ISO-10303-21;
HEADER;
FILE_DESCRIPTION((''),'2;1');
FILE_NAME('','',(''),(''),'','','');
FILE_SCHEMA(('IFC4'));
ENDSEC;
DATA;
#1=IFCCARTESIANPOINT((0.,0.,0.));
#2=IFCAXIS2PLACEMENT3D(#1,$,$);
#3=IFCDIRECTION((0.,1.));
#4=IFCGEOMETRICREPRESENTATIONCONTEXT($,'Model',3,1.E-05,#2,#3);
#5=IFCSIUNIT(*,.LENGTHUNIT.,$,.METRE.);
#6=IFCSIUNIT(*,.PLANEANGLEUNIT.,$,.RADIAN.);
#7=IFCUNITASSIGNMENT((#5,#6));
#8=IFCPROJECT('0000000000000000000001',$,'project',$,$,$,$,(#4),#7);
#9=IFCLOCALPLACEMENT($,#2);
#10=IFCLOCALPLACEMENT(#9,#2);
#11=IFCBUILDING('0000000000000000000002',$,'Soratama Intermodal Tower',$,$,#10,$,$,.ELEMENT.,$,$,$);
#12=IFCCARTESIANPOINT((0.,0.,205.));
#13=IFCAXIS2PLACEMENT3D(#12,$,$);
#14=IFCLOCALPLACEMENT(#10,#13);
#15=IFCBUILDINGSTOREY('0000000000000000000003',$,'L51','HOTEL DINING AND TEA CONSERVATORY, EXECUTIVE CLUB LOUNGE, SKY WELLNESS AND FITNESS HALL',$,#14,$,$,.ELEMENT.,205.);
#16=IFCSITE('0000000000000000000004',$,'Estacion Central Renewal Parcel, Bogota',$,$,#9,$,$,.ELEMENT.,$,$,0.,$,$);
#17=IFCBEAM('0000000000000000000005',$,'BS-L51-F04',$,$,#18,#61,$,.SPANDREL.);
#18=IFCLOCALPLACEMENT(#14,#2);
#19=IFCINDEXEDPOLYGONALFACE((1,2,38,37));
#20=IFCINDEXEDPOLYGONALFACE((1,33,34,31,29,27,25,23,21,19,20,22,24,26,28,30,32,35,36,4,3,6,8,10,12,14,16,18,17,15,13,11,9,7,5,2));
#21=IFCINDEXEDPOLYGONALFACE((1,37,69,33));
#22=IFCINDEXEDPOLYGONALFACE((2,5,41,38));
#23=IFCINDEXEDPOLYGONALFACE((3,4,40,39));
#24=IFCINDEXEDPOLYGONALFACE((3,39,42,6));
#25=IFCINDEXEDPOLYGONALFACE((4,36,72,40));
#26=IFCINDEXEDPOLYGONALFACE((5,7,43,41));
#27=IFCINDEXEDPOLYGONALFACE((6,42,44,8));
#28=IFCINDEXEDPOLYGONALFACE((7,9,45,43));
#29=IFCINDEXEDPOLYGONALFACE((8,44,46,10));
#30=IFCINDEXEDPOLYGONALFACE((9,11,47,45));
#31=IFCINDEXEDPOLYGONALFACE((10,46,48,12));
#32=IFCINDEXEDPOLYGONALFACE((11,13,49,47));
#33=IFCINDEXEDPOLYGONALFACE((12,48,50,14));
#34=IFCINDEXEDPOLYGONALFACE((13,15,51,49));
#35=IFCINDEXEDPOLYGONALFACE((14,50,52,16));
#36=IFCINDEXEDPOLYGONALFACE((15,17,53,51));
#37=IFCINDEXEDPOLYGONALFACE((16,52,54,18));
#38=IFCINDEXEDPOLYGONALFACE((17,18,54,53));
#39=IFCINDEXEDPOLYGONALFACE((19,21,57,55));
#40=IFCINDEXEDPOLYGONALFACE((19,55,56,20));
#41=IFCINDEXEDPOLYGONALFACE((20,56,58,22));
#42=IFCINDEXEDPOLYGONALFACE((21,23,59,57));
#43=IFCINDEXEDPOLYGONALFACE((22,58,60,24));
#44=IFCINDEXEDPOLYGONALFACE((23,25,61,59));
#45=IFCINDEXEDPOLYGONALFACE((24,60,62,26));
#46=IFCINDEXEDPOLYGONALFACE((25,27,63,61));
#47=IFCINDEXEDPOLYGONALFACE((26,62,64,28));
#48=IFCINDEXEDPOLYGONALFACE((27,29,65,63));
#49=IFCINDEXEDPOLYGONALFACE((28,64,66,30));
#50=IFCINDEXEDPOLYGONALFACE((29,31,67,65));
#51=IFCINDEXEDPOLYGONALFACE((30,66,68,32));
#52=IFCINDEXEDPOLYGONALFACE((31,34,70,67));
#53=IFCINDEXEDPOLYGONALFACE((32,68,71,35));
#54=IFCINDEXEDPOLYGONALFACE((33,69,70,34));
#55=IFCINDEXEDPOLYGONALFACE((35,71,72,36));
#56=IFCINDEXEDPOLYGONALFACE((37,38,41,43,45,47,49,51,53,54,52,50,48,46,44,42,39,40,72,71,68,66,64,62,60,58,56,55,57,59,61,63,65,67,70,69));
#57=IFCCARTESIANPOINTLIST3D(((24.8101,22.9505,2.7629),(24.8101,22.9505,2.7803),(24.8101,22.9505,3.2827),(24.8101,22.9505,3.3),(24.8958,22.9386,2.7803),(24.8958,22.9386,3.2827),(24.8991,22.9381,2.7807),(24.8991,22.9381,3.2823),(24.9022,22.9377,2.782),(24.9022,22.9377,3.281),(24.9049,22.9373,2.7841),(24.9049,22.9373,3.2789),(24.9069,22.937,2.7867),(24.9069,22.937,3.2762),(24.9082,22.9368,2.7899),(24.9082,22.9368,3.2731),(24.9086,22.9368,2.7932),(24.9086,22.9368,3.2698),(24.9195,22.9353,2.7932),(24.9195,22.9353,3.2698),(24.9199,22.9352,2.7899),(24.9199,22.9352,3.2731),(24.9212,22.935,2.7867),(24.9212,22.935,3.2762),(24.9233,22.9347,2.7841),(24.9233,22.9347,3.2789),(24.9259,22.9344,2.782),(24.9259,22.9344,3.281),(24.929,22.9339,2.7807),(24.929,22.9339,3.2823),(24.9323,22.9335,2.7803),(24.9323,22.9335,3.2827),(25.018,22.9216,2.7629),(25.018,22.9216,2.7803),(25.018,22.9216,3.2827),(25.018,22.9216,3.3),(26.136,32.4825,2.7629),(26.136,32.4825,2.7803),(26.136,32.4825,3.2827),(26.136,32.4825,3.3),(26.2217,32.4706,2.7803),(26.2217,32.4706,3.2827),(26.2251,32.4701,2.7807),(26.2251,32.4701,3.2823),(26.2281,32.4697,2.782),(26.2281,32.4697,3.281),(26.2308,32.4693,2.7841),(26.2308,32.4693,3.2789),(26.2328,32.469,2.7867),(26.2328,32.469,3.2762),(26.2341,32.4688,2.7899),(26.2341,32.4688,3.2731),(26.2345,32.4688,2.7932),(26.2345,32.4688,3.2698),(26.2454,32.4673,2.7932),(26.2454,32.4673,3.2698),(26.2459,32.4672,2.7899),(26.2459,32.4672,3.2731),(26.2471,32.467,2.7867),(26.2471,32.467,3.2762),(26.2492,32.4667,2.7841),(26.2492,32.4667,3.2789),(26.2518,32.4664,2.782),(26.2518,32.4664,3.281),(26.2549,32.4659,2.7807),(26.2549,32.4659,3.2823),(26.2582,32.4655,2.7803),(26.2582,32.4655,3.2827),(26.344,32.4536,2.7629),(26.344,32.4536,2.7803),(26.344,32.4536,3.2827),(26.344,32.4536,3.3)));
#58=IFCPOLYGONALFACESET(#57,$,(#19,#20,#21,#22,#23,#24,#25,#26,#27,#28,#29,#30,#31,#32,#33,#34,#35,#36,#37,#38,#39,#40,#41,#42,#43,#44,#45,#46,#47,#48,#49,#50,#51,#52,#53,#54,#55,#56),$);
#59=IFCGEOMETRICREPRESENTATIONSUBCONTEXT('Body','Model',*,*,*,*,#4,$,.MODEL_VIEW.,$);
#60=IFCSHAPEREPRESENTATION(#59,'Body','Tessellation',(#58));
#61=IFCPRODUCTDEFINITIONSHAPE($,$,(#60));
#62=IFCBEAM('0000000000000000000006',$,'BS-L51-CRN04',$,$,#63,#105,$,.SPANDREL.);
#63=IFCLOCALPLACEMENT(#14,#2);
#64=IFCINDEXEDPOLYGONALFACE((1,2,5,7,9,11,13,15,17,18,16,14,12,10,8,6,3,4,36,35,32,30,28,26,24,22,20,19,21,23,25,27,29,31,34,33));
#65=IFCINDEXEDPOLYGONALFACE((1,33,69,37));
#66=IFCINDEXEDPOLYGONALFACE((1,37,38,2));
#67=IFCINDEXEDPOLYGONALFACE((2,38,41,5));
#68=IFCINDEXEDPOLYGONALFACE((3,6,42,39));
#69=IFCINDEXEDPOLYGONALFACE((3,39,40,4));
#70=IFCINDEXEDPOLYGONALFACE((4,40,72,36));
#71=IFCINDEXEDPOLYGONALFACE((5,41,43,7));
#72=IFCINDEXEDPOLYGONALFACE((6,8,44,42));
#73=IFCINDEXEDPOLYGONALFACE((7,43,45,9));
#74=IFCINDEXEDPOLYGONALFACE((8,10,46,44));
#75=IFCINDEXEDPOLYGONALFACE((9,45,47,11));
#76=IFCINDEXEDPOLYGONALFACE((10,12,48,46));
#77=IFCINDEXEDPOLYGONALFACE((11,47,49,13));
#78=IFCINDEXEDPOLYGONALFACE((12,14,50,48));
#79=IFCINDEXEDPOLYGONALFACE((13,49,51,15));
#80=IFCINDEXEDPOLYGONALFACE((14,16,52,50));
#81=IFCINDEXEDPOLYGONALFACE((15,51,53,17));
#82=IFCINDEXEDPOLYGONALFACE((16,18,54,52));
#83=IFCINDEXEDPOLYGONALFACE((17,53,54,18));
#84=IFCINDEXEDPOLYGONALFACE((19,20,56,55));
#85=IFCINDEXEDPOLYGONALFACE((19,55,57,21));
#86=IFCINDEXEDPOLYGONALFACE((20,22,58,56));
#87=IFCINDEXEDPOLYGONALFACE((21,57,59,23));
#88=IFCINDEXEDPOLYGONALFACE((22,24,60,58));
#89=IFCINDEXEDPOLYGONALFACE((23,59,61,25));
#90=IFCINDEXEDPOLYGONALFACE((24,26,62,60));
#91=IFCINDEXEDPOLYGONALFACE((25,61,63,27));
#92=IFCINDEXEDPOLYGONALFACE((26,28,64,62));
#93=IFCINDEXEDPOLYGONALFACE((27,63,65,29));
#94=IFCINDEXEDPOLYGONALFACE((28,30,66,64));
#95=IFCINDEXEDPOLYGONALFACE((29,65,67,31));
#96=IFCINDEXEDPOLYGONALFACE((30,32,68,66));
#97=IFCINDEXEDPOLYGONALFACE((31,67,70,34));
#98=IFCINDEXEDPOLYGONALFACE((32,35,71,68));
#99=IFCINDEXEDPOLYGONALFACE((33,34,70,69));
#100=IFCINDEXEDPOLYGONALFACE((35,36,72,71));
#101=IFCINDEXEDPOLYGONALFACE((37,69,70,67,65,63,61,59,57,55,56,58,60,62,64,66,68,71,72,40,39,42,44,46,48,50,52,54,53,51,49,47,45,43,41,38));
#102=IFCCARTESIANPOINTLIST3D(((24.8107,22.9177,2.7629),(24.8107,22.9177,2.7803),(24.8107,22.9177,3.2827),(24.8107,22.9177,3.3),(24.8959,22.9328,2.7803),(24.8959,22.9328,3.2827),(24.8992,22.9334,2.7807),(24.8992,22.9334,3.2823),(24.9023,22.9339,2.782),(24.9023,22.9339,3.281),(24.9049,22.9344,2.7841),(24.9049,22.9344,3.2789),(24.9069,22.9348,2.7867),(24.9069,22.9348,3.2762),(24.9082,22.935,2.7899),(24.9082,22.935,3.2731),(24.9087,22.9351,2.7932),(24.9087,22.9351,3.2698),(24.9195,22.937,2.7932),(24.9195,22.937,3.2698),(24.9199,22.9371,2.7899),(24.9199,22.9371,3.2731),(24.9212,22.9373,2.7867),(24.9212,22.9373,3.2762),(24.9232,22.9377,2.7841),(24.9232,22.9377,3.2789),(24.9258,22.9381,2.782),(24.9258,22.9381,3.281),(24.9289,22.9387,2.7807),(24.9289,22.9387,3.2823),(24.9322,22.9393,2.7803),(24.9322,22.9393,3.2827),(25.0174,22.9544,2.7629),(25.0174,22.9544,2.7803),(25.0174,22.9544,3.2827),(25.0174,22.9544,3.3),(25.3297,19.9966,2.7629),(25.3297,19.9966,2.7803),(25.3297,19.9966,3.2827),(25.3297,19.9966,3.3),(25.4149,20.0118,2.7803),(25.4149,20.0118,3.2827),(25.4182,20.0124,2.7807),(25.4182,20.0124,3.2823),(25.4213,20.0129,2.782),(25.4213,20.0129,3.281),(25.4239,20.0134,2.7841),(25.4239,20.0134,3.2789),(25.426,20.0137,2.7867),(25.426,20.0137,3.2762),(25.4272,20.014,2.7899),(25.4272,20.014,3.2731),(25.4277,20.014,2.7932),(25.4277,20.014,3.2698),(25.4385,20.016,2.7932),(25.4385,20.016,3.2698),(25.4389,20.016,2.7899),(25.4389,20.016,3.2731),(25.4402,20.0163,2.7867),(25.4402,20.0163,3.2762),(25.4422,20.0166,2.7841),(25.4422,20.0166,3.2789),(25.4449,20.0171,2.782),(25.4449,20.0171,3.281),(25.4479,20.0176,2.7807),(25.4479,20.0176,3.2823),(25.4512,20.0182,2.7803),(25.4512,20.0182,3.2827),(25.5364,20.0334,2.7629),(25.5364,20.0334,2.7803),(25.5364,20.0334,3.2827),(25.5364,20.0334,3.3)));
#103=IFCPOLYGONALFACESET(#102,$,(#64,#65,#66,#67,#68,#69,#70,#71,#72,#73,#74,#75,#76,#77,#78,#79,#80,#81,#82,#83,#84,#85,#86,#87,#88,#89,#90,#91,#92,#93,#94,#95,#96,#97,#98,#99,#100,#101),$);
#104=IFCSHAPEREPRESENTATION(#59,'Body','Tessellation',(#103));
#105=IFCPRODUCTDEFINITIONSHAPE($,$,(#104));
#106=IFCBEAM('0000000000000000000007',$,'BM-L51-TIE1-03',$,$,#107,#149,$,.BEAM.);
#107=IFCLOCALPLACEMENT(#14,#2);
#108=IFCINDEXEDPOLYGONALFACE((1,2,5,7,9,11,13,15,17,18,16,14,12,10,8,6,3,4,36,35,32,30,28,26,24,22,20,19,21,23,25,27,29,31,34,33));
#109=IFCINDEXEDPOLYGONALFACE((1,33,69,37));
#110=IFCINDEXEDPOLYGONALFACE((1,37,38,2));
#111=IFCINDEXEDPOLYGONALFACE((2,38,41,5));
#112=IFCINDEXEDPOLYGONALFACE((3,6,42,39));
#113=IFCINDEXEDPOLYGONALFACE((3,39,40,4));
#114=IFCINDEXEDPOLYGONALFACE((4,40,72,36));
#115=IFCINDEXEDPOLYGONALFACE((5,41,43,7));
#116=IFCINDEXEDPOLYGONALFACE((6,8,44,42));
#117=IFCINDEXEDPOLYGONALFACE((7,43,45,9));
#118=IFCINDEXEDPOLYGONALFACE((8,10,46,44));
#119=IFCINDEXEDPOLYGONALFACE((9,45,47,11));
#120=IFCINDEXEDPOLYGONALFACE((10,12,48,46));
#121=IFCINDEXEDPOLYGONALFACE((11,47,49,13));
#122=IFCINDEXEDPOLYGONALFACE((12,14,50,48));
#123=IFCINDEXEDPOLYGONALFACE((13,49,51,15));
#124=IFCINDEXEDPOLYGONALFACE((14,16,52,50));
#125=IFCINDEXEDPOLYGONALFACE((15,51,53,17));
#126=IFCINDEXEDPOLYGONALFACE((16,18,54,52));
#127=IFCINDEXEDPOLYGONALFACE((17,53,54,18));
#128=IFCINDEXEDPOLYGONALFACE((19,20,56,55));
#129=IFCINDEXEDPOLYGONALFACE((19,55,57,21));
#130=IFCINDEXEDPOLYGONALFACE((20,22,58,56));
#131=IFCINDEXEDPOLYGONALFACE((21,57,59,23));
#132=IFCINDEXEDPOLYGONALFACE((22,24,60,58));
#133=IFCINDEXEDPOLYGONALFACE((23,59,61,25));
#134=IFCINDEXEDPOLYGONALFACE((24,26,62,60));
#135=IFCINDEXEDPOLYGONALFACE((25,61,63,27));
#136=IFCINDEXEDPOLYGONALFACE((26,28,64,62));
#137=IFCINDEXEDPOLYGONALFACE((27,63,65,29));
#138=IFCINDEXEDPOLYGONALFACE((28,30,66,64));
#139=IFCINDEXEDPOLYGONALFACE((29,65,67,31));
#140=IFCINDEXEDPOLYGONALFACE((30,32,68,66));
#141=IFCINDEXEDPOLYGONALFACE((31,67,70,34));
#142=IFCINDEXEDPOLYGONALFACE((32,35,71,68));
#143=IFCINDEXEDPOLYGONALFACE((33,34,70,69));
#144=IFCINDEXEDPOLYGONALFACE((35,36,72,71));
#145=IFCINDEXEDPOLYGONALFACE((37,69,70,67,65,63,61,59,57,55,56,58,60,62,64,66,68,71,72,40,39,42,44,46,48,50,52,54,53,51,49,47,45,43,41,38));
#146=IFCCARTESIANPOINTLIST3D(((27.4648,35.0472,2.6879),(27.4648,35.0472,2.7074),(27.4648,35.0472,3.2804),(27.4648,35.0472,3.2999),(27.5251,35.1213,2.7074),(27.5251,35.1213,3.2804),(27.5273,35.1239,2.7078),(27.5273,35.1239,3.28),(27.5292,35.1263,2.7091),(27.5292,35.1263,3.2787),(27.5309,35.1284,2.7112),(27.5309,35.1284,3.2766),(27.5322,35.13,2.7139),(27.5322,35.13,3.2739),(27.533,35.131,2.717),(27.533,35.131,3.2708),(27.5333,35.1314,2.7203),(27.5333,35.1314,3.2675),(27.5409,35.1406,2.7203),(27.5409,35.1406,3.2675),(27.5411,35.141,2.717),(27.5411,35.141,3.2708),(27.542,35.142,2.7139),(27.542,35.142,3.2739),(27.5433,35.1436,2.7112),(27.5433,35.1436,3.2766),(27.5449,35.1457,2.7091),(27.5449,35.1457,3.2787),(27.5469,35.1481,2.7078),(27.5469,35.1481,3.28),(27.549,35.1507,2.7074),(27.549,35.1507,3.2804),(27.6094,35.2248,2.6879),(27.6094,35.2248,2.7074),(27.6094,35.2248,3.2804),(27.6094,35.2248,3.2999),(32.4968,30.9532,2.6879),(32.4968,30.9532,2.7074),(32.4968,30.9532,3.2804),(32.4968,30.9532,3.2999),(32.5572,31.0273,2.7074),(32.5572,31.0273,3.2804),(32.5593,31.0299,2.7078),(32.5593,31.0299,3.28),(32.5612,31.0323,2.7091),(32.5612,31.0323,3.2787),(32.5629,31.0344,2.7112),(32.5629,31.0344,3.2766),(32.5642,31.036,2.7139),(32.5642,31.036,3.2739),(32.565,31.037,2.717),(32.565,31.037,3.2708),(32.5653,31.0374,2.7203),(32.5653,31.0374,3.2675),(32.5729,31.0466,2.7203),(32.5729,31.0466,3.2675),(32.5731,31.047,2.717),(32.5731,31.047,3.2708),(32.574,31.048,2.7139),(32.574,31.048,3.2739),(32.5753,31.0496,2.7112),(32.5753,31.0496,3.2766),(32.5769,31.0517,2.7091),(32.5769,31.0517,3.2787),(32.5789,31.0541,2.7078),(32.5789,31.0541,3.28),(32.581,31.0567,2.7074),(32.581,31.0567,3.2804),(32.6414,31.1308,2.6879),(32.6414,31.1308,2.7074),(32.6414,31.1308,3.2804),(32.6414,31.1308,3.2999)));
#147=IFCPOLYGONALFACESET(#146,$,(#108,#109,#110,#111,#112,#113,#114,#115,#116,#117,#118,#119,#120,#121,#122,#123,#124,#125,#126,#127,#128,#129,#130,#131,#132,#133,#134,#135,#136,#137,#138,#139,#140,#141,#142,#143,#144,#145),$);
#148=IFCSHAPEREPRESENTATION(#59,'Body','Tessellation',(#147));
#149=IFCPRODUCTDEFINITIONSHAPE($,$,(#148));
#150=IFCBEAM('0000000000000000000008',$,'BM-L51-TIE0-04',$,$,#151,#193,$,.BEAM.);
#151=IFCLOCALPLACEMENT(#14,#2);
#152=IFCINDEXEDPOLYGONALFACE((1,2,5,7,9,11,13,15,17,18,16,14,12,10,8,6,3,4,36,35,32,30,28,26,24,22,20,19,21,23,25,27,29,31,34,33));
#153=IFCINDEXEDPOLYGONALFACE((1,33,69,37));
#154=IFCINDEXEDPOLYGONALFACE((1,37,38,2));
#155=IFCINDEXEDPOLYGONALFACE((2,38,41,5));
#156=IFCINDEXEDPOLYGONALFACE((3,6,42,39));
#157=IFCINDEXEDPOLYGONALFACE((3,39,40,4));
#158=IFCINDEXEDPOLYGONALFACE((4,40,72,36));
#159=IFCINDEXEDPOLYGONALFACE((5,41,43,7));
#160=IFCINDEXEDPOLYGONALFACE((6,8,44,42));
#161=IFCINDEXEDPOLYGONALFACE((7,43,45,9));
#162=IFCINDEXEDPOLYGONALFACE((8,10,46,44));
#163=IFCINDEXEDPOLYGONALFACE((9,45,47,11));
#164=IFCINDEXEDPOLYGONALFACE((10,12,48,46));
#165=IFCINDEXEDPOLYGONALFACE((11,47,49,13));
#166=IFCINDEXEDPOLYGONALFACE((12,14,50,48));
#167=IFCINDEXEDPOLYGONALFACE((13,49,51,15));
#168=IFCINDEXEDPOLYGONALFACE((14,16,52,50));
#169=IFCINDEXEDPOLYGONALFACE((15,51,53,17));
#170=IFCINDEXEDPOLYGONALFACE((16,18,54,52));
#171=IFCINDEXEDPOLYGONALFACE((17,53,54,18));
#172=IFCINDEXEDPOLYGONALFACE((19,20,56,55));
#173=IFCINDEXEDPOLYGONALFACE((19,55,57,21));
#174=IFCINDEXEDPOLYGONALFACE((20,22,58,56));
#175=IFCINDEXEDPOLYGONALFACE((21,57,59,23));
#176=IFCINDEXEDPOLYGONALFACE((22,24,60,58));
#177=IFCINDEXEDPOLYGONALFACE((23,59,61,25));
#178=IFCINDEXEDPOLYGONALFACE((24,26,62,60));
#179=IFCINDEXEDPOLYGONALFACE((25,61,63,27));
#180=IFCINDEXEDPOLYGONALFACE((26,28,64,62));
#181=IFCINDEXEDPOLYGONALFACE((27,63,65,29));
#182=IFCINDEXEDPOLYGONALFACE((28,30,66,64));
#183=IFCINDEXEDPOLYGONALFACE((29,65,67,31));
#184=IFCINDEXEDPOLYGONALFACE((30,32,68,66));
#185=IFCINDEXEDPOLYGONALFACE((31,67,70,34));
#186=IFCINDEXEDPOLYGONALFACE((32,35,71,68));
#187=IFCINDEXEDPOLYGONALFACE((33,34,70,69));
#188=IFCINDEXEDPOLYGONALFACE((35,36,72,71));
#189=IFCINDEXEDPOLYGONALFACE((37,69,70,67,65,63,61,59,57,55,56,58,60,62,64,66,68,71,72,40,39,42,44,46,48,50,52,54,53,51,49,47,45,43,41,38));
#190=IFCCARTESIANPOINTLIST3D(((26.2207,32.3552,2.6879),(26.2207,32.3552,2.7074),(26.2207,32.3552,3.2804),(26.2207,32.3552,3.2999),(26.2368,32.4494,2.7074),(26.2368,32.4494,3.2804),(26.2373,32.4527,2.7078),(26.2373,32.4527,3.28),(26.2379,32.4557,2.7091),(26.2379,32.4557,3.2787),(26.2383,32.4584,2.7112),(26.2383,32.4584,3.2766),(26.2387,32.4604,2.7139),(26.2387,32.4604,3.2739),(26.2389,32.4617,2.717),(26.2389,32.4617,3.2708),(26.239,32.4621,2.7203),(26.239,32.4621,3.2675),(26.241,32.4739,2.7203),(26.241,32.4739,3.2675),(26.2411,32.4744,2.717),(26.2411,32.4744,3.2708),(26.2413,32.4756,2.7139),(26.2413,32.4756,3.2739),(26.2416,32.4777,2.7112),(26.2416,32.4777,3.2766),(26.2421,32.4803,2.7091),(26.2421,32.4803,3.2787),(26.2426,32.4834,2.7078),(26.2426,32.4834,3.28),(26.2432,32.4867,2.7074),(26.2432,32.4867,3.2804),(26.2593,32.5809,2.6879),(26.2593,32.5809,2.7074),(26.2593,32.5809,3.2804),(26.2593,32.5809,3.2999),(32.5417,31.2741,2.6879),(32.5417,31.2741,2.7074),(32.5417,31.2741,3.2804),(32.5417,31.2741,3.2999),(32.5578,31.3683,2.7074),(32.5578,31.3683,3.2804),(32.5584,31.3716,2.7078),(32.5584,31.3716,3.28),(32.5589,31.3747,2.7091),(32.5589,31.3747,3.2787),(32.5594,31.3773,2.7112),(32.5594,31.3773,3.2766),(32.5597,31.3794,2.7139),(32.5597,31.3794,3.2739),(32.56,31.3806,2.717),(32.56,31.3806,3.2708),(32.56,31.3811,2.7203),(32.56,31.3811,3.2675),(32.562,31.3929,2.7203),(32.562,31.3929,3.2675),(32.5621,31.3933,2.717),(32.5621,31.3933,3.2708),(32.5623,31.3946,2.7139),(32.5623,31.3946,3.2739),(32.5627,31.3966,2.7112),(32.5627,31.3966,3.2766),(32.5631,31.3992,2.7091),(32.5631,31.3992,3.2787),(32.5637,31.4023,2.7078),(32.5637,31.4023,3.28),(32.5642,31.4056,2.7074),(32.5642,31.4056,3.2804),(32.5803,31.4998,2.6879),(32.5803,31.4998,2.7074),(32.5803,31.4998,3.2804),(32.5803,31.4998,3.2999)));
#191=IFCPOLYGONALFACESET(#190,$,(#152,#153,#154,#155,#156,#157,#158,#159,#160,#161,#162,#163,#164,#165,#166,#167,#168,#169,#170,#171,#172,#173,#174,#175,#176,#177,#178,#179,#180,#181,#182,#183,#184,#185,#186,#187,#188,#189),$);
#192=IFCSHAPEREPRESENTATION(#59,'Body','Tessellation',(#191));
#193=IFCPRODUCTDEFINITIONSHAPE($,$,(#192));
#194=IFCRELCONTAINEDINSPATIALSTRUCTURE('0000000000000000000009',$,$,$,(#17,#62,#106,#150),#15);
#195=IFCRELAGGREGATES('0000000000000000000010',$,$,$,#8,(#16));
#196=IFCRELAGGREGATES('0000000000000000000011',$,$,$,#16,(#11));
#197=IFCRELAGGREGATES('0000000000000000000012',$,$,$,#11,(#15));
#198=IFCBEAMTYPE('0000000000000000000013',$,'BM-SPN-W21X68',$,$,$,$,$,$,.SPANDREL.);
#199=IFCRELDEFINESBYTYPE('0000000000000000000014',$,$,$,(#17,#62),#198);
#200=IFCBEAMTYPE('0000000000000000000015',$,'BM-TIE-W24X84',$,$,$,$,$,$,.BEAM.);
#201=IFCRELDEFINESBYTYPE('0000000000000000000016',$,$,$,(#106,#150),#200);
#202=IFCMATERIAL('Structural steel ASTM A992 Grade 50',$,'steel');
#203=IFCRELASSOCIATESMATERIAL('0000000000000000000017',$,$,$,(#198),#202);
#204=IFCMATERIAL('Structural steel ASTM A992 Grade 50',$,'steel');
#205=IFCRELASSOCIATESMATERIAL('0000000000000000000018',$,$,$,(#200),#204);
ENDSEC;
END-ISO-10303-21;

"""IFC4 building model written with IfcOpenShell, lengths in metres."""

from ifc_helpers import new_model, si_unit, direction, frame, origin, origin_2d, place, context, subcontext, project, spatial, i_section, extrude, material, material_profile, profile_set, type_object, element, save


model = new_model("IFC4")

# Units and contexts
model_context = context("Model", 3, precision=1e-05, world=origin(), true_north=direction((0.0, 1.0)))
body_context = subcontext(model_context, "Body", "Model", "MODEL_VIEW")
ifc_project = project(units=[si_unit("LENGTHUNIT", "METRE"), si_unit("PLANEANGLEUNIT", "RADIAN")], contexts=[model_context])

# Site, building, storey
site_placement = place(None, origin())
site = spatial("IfcSite", under=ifc_project, at=site_placement, Name="Estacion Central Renewal Parcel, Bogota", CompositionType="ELEMENT", RefElevation=0.0)
building_placement = place(site_placement, origin())
building = spatial("IfcBuilding", under=site, at=building_placement, Name="Soratama Intermodal Tower", CompositionType="ELEMENT")
storey_placement = place(building_placement, frame((0.0, 0.0, 205.0)))
storey = spatial("IfcBuildingStorey", under=building, at=storey_placement, Name="L51", Description="HOTEL DINING AND TEA CONSERVATORY, EXECUTIVE CLUB LOUNGE, SKY WELLNESS AND FITNESS HALL", CompositionType="ELEMENT", Elevation=205.0)

# Beams
ifc_material_1 = material(Name="Structural steel ASTM A992 Grade 50", Category="steel")
ifc_material_profile_1 = material_profile(ifc_material_1, i_section(OverallWidth=0.21, OverallDepth=0.5371, WebThickness=0.011, FlangeThickness=0.0173, FilletRadius=0.0129, at=origin_2d()), Name="W21X68")
ifc_profile_set_1 = profile_set([ifc_material_profile_1], Name="Structural steel ASTM A992 Grade 50")
beam_type_1 = type_object("IfcBeamType", Name="BM-SPN-W21X68", PredefinedType="SPANDREL", material=ifc_profile_set_1)
beam_1_placement = place(storey_placement, frame((26.24, 32.468, 3.0315), z_axis=(-0.137776, -0.990463, 0.0), x_axis=(0.990463, -0.137776, 0.0)))
element("IfcBeam", 1, at=beam_1_placement, inside=storey, type_object=beam_type_1, Name="BS-L51-F04", PredefinedType="SPANDREL", context=body_context, shape_type="SweptSolid", body=[
    extrude(i_section(OverallWidth=0.21, OverallDepth=0.5371, WebThickness=0.011, FlangeThickness=0.0173, FilletRadius=0.0129, at=origin_2d()), origin(), (0.0, 0.0, 1.0), 9.6238),
])
beam_2_placement = place(storey_placement, frame((24.9141, 22.936, 3.0315), z_axis=(0.174945, -0.984578, 0.0), x_axis=(0.984578, 0.174945, 0.0)))
element("IfcBeam", 2, at=beam_2_placement, inside=storey, type_object=beam_type_1, Name="BS-L51-CRN04", PredefinedType="SPANDREL", context=body_context, shape_type="SweptSolid", body=[
    extrude(i_section(OverallWidth=0.21, OverallDepth=0.5371, WebThickness=0.011, FlangeThickness=0.0173, FilletRadius=0.0129, at=origin_2d()), origin(), (0.0, 0.0, 1.0), 2.9668),
])
ifc_material_2 = material(Name="Structural steel ASTM A992 Grade 50", Category="steel")
ifc_material_profile_2 = material_profile(ifc_material_2, i_section(OverallWidth=0.229, OverallDepth=0.6121, WebThickness=0.012, FlangeThickness=0.0195, FilletRadius=0.0129, at=origin_2d()), Name="W24X84")
ifc_profile_set_2 = profile_set([ifc_material_profile_2], Name="Structural steel ASTM A992 Grade 50")
beam_type_2 = type_object("IfcBeamType", Name="BM-TIE-W24X84", PredefinedType="BEAM", material=ifc_profile_set_2)
beam_3_placement = place(storey_placement, frame((32.5691, 31.042, 2.9939), z_axis=(-0.775698, 0.631104, 0.0), x_axis=(-0.631104, -0.775698, 0.0)))
element("IfcBeam", 3, at=beam_3_placement, inside=storey, type_object=beam_type_2, Name="BM-L51-TIE1-03", PredefinedType="BEAM", context=body_context, shape_type="SweptSolid", body=[
    extrude(i_section(OverallWidth=0.229, OverallDepth=0.6121, WebThickness=0.012, FlangeThickness=0.0195, FilletRadius=0.0129, at=origin_2d()), origin(), (0.0, 0.0, 1.0), 6.4871),
])
beam_4_placement = place(storey_placement, frame((32.561, 31.387, 2.9939), z_axis=(-0.985688, 0.168577, 0.0), x_axis=(-0.168577, -0.985688, 0.0)))
element("IfcBeam", 4, at=beam_4_placement, inside=storey, type_object=beam_type_2, Name="BM-L51-TIE0-04", PredefinedType="BEAM", context=body_context, shape_type="SweptSolid", body=[
    extrude(i_section(OverallWidth=0.229, OverallDepth=0.6121, WebThickness=0.012, FlangeThickness=0.0195, FilletRadius=0.0129, at=origin_2d()), origin(), (0.0, 0.0, 1.0), 6.4128),
])

save(model, "model.ifc")
